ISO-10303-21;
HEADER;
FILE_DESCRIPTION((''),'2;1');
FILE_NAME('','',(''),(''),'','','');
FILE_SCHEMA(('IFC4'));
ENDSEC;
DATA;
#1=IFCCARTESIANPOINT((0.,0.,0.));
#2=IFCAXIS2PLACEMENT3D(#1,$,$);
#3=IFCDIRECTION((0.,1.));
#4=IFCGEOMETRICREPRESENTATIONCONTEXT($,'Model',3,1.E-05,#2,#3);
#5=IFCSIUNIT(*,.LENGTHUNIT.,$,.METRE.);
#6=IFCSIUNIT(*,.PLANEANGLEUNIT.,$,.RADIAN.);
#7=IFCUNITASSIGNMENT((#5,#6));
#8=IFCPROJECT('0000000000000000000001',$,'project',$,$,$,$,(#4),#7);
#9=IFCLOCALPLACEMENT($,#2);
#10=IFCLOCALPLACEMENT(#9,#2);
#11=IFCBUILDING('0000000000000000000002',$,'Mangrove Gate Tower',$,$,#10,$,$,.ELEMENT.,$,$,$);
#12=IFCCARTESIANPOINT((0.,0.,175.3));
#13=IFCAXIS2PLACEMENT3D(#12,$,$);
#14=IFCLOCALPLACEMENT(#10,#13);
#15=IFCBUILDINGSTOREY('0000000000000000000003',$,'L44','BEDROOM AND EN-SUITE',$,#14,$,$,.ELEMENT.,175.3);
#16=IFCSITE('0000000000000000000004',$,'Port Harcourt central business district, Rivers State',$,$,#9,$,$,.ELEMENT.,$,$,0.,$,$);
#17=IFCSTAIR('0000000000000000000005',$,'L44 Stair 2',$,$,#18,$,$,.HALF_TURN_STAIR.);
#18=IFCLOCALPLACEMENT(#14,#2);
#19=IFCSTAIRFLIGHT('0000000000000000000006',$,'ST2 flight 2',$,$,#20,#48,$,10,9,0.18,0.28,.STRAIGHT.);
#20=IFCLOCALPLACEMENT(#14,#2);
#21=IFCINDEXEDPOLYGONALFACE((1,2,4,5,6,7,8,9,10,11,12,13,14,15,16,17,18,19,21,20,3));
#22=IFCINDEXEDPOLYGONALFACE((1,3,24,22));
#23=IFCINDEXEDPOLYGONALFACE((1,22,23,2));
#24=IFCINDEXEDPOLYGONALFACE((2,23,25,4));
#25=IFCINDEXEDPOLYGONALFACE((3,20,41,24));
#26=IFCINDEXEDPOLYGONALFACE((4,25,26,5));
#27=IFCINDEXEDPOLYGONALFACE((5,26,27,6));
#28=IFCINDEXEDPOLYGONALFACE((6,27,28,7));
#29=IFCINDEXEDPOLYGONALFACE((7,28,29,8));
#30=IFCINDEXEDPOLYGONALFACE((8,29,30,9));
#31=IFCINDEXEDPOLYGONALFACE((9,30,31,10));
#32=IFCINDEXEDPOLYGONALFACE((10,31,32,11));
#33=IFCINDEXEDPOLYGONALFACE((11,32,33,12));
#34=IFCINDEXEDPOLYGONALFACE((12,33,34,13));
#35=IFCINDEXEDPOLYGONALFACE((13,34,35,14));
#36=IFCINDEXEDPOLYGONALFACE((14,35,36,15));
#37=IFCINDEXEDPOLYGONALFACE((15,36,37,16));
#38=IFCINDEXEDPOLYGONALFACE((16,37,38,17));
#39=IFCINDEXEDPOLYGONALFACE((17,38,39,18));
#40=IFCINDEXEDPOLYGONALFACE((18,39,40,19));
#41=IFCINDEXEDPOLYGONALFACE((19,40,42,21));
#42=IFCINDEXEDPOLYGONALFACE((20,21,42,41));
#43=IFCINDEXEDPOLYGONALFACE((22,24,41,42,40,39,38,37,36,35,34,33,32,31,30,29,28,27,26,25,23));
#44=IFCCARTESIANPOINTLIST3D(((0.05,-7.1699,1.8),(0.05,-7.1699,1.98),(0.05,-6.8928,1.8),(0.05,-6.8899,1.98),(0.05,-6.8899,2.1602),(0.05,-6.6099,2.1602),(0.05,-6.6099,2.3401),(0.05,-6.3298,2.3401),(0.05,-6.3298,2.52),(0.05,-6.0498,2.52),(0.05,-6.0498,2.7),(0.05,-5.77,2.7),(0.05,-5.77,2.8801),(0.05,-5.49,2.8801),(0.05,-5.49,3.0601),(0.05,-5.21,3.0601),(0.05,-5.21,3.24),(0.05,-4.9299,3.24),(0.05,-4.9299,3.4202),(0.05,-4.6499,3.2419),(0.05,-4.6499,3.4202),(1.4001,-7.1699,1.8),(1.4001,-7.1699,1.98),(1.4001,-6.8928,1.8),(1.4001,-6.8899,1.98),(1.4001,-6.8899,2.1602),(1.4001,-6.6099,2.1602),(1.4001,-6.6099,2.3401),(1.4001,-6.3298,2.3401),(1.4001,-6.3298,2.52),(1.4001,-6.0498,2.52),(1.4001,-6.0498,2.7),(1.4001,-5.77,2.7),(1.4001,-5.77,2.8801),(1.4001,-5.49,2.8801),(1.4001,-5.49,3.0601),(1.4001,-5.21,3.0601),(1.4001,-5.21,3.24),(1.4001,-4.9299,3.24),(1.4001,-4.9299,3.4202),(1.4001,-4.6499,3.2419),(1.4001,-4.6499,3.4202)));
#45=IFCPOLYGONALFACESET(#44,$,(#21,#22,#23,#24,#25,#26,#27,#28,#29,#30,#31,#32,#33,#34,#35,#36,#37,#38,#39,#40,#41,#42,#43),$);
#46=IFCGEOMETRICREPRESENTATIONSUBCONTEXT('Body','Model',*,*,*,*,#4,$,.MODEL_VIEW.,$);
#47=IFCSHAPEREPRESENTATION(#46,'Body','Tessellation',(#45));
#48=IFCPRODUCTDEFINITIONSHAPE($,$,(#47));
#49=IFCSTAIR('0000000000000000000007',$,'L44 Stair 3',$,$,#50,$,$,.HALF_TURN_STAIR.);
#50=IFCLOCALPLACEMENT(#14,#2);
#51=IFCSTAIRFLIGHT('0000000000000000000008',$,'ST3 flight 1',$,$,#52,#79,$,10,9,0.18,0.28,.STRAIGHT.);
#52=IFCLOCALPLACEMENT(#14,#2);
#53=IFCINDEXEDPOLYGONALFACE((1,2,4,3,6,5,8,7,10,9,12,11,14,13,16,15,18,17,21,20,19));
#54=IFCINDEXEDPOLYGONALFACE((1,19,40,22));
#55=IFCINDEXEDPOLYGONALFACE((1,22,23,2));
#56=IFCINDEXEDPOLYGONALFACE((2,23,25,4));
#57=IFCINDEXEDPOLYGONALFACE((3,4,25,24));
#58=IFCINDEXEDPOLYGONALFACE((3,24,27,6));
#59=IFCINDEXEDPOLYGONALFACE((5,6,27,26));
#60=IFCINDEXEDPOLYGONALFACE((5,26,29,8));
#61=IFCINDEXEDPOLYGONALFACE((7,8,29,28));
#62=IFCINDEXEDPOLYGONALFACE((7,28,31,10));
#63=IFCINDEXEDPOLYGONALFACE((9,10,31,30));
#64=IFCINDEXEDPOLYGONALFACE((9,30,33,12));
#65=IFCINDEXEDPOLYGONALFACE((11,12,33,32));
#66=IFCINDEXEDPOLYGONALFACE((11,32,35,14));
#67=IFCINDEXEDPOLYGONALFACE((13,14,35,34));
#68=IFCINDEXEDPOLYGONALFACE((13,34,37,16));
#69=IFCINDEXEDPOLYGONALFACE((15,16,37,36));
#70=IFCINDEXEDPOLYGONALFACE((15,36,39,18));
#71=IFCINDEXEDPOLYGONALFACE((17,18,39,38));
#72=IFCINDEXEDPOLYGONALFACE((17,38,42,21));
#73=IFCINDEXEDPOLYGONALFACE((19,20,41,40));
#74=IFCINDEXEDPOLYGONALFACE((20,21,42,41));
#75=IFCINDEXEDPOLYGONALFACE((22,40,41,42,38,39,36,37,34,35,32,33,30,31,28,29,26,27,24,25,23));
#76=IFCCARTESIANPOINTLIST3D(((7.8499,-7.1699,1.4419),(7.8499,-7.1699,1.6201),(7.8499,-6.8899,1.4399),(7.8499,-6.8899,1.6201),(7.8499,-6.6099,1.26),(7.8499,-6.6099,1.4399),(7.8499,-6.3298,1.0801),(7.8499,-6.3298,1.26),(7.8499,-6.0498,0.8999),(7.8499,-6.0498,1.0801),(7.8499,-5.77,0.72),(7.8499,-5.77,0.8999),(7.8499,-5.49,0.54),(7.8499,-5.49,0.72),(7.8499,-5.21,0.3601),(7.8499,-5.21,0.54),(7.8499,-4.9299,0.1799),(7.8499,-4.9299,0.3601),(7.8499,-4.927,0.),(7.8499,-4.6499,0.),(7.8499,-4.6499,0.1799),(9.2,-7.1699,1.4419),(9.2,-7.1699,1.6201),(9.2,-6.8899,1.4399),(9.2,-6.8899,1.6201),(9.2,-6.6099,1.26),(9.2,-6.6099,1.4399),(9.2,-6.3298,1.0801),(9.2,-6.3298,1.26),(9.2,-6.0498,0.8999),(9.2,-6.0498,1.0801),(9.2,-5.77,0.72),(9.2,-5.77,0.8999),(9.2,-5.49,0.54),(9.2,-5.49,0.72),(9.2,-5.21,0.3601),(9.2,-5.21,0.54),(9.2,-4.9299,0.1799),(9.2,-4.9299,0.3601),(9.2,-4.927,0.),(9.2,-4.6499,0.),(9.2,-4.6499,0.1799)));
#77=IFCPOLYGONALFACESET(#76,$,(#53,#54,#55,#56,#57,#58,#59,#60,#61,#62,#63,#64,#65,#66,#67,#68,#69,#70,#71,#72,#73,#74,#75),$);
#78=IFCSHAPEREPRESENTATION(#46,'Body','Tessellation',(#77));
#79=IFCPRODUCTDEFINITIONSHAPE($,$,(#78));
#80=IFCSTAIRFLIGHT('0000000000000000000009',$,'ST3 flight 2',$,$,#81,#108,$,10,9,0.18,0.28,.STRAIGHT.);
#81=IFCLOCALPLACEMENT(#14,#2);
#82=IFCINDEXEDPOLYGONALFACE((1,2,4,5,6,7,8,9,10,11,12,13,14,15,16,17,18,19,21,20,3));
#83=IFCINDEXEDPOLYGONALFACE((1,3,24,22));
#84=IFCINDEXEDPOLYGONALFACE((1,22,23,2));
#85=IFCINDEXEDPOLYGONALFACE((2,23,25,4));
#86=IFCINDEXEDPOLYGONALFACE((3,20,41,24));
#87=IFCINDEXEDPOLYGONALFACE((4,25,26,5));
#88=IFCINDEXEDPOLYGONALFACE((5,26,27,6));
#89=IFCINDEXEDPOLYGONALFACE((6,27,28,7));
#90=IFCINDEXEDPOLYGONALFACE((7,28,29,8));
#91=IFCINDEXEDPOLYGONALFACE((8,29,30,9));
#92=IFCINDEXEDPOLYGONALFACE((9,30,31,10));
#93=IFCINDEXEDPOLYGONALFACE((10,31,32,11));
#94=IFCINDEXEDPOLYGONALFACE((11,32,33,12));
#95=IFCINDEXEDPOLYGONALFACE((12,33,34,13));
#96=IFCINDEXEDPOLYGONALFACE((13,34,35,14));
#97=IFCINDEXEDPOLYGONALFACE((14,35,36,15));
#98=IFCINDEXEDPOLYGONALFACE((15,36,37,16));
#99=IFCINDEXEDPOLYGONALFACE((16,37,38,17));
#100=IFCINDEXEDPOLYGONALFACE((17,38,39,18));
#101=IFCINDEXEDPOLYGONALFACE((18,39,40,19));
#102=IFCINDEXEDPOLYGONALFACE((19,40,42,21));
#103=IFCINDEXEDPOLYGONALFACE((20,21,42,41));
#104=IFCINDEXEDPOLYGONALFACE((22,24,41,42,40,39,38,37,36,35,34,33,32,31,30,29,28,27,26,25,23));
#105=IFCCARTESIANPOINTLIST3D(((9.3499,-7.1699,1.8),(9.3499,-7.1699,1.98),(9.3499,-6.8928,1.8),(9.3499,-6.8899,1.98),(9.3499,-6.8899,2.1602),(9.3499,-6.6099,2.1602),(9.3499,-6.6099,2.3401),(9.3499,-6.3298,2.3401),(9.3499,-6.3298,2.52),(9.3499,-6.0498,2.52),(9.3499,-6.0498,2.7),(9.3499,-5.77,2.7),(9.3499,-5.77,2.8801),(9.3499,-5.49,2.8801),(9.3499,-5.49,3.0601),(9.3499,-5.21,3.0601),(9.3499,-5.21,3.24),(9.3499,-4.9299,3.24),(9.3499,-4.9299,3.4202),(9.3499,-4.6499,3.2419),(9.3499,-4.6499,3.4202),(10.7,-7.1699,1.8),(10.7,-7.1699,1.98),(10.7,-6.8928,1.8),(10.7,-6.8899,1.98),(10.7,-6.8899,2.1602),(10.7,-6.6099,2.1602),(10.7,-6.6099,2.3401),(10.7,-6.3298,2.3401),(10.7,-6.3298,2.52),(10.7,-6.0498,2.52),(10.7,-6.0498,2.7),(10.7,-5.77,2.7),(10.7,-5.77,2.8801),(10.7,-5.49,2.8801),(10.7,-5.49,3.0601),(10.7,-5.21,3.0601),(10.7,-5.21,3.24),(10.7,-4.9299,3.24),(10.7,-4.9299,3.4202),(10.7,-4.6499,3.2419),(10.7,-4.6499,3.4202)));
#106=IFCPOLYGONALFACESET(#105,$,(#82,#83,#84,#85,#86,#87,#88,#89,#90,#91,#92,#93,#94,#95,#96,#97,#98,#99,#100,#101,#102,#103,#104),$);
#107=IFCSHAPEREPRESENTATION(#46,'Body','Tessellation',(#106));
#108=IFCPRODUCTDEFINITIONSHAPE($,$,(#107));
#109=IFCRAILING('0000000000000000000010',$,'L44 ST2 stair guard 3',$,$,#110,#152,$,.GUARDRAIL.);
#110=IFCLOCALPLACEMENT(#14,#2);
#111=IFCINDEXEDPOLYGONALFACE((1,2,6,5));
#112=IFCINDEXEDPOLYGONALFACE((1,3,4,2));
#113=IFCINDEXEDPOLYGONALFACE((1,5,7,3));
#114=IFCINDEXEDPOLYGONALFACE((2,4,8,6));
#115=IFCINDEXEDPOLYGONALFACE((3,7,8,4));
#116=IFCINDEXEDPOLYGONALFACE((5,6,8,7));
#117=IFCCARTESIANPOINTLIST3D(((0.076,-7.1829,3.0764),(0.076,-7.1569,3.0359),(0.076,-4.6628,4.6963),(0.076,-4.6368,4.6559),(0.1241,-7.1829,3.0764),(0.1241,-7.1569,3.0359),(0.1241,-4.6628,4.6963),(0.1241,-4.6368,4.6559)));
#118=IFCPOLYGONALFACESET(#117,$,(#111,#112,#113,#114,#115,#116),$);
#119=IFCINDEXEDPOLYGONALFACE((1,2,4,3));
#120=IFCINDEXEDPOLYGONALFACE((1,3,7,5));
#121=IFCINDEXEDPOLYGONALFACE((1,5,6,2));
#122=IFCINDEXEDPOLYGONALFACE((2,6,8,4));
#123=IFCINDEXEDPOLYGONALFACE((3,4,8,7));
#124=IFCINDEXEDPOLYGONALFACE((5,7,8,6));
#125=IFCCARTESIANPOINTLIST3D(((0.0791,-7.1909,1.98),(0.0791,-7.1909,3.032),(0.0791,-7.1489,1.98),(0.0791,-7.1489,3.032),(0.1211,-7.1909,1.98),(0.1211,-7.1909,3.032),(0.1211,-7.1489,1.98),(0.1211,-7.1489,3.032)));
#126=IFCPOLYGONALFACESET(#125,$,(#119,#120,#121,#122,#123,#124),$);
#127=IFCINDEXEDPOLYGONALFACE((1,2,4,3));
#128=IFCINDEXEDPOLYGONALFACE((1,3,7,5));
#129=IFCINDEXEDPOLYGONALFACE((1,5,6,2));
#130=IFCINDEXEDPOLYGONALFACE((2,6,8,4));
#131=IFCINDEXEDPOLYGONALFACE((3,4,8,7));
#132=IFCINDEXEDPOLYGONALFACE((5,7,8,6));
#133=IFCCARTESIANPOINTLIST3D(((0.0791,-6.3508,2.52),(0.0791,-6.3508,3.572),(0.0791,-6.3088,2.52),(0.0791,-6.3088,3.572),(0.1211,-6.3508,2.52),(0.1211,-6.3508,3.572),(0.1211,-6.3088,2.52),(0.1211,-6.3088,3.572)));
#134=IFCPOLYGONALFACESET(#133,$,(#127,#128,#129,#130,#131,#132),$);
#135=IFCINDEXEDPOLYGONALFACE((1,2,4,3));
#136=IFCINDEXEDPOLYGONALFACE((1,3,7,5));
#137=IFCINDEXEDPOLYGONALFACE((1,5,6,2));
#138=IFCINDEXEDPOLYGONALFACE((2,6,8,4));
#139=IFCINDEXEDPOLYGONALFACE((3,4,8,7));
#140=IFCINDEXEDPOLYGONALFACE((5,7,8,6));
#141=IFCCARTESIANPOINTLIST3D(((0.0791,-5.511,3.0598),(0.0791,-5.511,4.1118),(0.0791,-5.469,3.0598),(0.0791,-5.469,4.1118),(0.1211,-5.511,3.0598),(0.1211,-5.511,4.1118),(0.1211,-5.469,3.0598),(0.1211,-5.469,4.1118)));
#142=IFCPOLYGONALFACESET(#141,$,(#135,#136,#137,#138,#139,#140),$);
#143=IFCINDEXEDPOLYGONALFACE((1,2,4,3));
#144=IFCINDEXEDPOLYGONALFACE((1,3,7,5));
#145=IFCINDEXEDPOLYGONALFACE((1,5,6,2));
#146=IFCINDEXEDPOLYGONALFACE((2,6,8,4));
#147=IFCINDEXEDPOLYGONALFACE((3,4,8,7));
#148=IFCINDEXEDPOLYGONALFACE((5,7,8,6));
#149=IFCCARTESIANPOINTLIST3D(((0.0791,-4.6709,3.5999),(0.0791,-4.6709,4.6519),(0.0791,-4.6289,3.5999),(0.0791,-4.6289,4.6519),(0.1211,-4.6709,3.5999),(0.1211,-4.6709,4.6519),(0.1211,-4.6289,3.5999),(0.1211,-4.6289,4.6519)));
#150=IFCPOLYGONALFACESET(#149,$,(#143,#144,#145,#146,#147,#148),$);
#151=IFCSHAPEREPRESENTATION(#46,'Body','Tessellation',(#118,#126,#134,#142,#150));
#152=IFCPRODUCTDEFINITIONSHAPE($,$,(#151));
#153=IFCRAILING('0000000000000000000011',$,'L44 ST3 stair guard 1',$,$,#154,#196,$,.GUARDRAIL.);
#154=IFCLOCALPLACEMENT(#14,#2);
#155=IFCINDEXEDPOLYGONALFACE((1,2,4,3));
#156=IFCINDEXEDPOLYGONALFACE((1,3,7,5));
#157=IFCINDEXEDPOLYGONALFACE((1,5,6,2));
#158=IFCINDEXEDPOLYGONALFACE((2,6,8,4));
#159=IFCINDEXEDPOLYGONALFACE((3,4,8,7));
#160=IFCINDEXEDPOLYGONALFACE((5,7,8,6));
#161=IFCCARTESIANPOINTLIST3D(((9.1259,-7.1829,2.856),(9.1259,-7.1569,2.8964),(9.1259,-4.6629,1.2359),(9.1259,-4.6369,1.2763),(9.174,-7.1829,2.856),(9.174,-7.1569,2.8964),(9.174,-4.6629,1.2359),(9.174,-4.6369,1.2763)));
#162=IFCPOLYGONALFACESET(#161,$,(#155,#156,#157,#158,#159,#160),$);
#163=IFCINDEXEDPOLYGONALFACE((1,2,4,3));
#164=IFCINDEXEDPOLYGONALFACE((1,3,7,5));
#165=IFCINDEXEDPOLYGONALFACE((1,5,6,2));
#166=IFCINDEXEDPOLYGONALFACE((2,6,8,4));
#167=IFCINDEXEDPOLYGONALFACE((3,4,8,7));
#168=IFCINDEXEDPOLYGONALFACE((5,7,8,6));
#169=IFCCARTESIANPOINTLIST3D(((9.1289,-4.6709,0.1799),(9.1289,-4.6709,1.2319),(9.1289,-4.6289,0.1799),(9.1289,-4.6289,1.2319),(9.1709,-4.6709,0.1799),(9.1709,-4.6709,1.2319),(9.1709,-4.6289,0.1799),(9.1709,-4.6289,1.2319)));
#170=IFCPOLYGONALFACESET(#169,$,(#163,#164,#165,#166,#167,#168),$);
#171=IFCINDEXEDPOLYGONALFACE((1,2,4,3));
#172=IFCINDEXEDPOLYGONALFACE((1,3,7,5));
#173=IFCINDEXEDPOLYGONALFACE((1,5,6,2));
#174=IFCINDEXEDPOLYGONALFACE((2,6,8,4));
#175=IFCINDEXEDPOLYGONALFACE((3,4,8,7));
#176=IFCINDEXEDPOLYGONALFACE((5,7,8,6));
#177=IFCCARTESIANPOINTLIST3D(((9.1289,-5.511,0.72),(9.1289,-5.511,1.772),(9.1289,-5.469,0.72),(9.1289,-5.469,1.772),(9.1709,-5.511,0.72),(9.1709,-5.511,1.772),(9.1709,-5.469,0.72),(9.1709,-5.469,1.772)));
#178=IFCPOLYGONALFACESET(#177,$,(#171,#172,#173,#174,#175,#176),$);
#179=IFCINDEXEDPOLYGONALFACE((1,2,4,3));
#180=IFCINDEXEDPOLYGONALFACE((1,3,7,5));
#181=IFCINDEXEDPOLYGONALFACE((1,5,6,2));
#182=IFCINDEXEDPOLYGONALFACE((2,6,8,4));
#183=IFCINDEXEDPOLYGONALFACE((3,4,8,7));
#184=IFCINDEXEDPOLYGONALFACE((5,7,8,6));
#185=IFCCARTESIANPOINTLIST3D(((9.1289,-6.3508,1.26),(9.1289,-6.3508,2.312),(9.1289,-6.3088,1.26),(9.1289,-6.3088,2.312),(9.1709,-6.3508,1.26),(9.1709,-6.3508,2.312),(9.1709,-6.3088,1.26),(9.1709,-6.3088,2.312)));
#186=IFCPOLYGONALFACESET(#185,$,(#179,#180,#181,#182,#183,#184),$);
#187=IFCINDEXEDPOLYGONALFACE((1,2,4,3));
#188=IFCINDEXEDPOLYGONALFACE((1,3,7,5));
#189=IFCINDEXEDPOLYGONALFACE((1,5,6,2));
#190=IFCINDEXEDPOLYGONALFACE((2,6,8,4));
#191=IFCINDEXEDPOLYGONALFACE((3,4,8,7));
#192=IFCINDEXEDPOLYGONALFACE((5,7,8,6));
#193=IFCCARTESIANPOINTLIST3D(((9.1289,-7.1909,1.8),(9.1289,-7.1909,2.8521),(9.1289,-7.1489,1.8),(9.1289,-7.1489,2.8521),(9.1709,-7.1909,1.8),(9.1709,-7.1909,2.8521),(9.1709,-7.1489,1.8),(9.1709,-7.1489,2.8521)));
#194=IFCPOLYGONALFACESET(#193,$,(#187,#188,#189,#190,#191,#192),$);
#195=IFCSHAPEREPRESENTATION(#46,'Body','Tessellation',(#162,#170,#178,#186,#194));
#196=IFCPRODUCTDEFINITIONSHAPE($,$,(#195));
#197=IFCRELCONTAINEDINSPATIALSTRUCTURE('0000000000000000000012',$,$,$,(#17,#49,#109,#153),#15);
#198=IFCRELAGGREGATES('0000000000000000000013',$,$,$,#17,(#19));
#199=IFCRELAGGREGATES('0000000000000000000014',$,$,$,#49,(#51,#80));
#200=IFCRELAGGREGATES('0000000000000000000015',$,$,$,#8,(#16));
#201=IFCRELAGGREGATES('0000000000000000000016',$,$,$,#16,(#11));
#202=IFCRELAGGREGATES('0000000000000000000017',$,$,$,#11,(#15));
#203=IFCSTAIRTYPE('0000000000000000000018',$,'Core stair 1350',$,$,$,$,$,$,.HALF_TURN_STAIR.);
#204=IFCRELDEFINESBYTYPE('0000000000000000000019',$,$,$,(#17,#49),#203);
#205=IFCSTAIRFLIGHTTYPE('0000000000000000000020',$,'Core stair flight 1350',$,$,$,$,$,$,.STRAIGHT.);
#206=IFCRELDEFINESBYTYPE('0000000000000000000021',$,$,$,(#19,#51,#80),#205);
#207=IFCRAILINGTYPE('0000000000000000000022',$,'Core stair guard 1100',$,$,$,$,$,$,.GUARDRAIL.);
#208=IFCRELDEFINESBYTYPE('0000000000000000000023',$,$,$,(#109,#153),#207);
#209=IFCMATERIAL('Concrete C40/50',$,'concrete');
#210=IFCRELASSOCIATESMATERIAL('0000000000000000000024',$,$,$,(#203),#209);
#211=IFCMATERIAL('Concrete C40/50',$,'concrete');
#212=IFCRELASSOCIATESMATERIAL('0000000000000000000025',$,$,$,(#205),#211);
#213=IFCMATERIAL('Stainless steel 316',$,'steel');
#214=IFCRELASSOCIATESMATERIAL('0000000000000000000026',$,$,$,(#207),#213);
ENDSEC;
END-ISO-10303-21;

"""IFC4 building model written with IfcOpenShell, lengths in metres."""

from ifc_helpers import new_model, si_unit, direction, frame, origin, origin_2d, place, context, subcontext, project, spatial, polyline, rectangle, outline, extrude, material, type_object, element, aggregate, save


model = new_model("IFC4")

# Units and contexts
model_context = context("Model", 3, precision=1e-05, world=origin(), true_north=direction((0.0, 1.0)))
body_context = subcontext(model_context, "Body", "Model", "MODEL_VIEW")
ifc_project = project(units=[si_unit("LENGTHUNIT", "METRE"), si_unit("PLANEANGLEUNIT", "RADIAN")], contexts=[model_context])

# Site, building, storey
site_placement = place(None, origin())
site = spatial("IfcSite", under=ifc_project, at=site_placement, Name="Port Harcourt central business district, Rivers State", CompositionType="ELEMENT", RefElevation=0.0)
building_placement = place(site_placement, origin())
building = spatial("IfcBuilding", under=site, at=building_placement, Name="Mangrove Gate Tower", CompositionType="ELEMENT")
storey_placement = place(building_placement, frame((0.0, 0.0, 175.3)))
storey = spatial("IfcBuildingStorey", under=building, at=storey_placement, Name="L44", Description="BEDROOM AND EN-SUITE", CompositionType="ELEMENT", Elevation=175.3)

# Stair, stair flight
ifc_material_1 = material(Name="Concrete C40/50", Category="concrete")
stair_type = type_object("IfcStairType", Name="Core stair 1350", PredefinedType="HALF_TURN_STAIR", material=ifc_material_1)
stair_1_placement = place(storey_placement, origin())
stair_1 = element("IfcStair", 1, at=stair_1_placement, inside=storey, type_object=stair_type, Name="L44 Stair 2", PredefinedType="HALF_TURN_STAIR")
ifc_material_2 = material(Name="Concrete C40/50", Category="concrete")
stair_flight_type = type_object("IfcStairFlightType", Name="Core stair flight 1350", PredefinedType="STRAIGHT", material=ifc_material_2)
stair_flight_1_placement = place(storey_placement, frame((0.7251, -7.1699, 1.8), z_axis=(0.0, 0.0, 1.0), x_axis=(0.0, 1.0, 0.0)))
stair_flight_1 = element("IfcStairFlight", 2, at=stair_flight_1_placement, type_object=stair_flight_type, Name="ST2 flight 2", NumberOfRisers=10, NumberOfTreads=9, PredefinedType="STRAIGHT", RiserHeight=0.18, TreadLength=0.28, context=body_context, shape_type="SweptSolid", body=[
    extrude(outline(polyline([(0.0, 0.0), (0.0, 0.1799), (0.28, 0.1799), (0.28, 0.3601), (0.5601, 0.3601), (0.5601, 0.54), (0.8401, 0.54), (0.8401, 0.72), (1.1201, 0.72), (1.1201, 0.8999), (1.3999, 0.8999), (1.3999, 1.0801), (1.6799, 1.0801), (1.6799, 1.26), (1.96, 1.26), (1.96, 1.4399), (2.24, 1.4399), (2.24, 1.6201), (2.52, 1.6201), (2.52, 1.8), (2.52, 1.4419), (0.2771, 0.0), (0.0, 0.0)])), frame((0.0, 0.675, 0.0), z_axis=(0.0, -1.0, 0.0), x_axis=(1.0, 0.0, 0.0)), (0.0, 0.0, 1.0), 1.3501),
])
aggregate(stair_1, [stair_flight_1])

# Stair, stair flights
stair_2_placement = place(storey_placement, origin())
stair_2 = element("IfcStair", 3, at=stair_2_placement, inside=storey, type_object=stair_type, Name="L44 Stair 3", PredefinedType="HALF_TURN_STAIR")
stair_flight_2_placement = place(storey_placement, frame((8.5249, -4.6499, 0.0), z_axis=(0.0, 0.0, 1.0), x_axis=(0.0, -1.0, 0.0)))
stair_flight_2 = element("IfcStairFlight", 4, at=stair_flight_2_placement, type_object=stair_flight_type, Name="ST3 flight 1", NumberOfRisers=10, NumberOfTreads=9, PredefinedType="STRAIGHT", RiserHeight=0.18, TreadLength=0.28, context=body_context, shape_type="SweptSolid", body=[
    extrude(outline(polyline([(0.0, 0.0), (0.0, 0.1799), (0.28, 0.1799), (0.28, 0.3601), (0.5601, 0.3601), (0.5601, 0.54), (0.8401, 0.54), (0.8401, 0.72), (1.1201, 0.72), (1.1201, 0.8999), (1.3999, 0.8999), (1.3999, 1.0801), (1.6799, 1.0801), (1.6799, 1.26), (1.96, 1.26), (1.96, 1.4399), (2.24, 1.4399), (2.24, 1.6201), (2.52, 1.6201), (2.52, 1.8), (2.52, 1.4419), (0.2771, 0.0), (0.0, 0.0)])), frame((0.0, 0.675, 0.0), z_axis=(0.0, -1.0, 0.0), x_axis=(1.0, 0.0, 0.0)), (0.0, 0.0, 1.0), 1.3501),
])
stair_flight_3_placement = place(storey_placement, frame((10.0249, -7.1699, 1.8), z_axis=(0.0, 0.0, 1.0), x_axis=(0.0, 1.0, 0.0)))
stair_flight_3 = element("IfcStairFlight", 5, at=stair_flight_3_placement, type_object=stair_flight_type, Name="ST3 flight 2", NumberOfRisers=10, NumberOfTreads=9, PredefinedType="STRAIGHT", RiserHeight=0.18, TreadLength=0.28, context=body_context, shape_type="SweptSolid", body=[
    extrude(outline(polyline([(0.0, 0.0), (0.0, 0.1799), (0.28, 0.1799), (0.28, 0.3601), (0.5601, 0.3601), (0.5601, 0.54), (0.8401, 0.54), (0.8401, 0.72), (1.1201, 0.72), (1.1201, 0.8999), (1.3999, 0.8999), (1.3999, 1.0801), (1.6799, 1.0801), (1.6799, 1.26), (1.96, 1.26), (1.96, 1.4399), (2.24, 1.4399), (2.24, 1.6201), (2.52, 1.6201), (2.52, 1.8), (2.52, 1.4419), (0.2771, 0.0), (0.0, 0.0)])), frame((0.0, 0.675, 0.0), z_axis=(0.0, -1.0, 0.0), x_axis=(1.0, 0.0, 0.0)), (0.0, 0.0, 1.0), 1.3501),
])
aggregate(stair_2, [stair_flight_2, stair_flight_3])

# Railings
ifc_material_3 = material(Name="Stainless steel 316", Category="steel")
railing_type_1 = type_object("IfcRailingType", Name="Core stair guard 1100", PredefinedType="GUARDRAIL", material=ifc_material_3)
railing_1_placement = place(storey_placement, frame((0.1001, -7.1699, 1.98)))
element("IfcRailing", 6, at=railing_1_placement, inside=storey, type_object=railing_type_1, Name="L44 ST2 stair guard 3", PredefinedType="GUARDRAIL", context=body_context, shape_type="SweptSolid", body=[
    extrude(rectangle(XDim=0.0481, YDim=0.0481, at=origin_2d()), frame((0.0, 0.0, 1.0762), z_axis=(0.0, 0.8412, 0.540725), x_axis=(-1.0, 0.0, 0.0)), (0.0, 0.0, 1.0), 2.9958),
    extrude(rectangle(XDim=0.042, YDim=0.042, at=origin_2d()), origin(), (0.0, 0.0, 1.0), 1.052),
    extrude(rectangle(XDim=0.042, YDim=0.042, at=origin_2d()), frame((0.0, 0.8401, 0.54)), (0.0, 0.0, 1.0), 1.052),
    extrude(rectangle(XDim=0.042, YDim=0.042, at=origin_2d()), frame((0.0, 1.6799, 1.0798)), (0.0, 0.0, 1.0), 1.052),
    extrude(rectangle(XDim=0.042, YDim=0.042, at=origin_2d()), frame((0.0, 2.52, 1.6199)), (0.0, 0.0, 1.0), 1.052),
])
railing_2_placement = place(storey_placement, frame((9.1499, -4.6499, 0.1799)))
element("IfcRailing", 7, at=railing_2_placement, inside=storey, type_object=railing_type_1, Name="L44 ST3 stair guard 1", PredefinedType="GUARDRAIL", context=body_context, shape_type="SweptSolid", body=[
    extrude(rectangle(XDim=0.0481, YDim=0.0481, at=origin_2d()), frame((0.0, 0.0, 1.0762), z_axis=(0.0, -0.841163, 0.540782), x_axis=(1.0, 0.0, 0.0)), (0.0, 0.0, 1.0), 2.9958),
    extrude(rectangle(XDim=0.042, YDim=0.042, at=origin_2d()), origin(), (0.0, 0.0, 1.0), 1.052),
    extrude(rectangle(XDim=0.042, YDim=0.042, at=origin_2d()), frame((0.0, -0.8401, 0.54)), (0.0, 0.0, 1.0), 1.052),
    extrude(rectangle(XDim=0.042, YDim=0.042, at=origin_2d()), frame((0.0, -1.6799, 1.0801)), (0.0, 0.0, 1.0), 1.052),
    extrude(rectangle(XDim=0.042, YDim=0.042, at=origin_2d()), frame((0.0, -2.52, 1.6201)), (0.0, 0.0, 1.0), 1.052),
])

save(model, "model.ifc")
